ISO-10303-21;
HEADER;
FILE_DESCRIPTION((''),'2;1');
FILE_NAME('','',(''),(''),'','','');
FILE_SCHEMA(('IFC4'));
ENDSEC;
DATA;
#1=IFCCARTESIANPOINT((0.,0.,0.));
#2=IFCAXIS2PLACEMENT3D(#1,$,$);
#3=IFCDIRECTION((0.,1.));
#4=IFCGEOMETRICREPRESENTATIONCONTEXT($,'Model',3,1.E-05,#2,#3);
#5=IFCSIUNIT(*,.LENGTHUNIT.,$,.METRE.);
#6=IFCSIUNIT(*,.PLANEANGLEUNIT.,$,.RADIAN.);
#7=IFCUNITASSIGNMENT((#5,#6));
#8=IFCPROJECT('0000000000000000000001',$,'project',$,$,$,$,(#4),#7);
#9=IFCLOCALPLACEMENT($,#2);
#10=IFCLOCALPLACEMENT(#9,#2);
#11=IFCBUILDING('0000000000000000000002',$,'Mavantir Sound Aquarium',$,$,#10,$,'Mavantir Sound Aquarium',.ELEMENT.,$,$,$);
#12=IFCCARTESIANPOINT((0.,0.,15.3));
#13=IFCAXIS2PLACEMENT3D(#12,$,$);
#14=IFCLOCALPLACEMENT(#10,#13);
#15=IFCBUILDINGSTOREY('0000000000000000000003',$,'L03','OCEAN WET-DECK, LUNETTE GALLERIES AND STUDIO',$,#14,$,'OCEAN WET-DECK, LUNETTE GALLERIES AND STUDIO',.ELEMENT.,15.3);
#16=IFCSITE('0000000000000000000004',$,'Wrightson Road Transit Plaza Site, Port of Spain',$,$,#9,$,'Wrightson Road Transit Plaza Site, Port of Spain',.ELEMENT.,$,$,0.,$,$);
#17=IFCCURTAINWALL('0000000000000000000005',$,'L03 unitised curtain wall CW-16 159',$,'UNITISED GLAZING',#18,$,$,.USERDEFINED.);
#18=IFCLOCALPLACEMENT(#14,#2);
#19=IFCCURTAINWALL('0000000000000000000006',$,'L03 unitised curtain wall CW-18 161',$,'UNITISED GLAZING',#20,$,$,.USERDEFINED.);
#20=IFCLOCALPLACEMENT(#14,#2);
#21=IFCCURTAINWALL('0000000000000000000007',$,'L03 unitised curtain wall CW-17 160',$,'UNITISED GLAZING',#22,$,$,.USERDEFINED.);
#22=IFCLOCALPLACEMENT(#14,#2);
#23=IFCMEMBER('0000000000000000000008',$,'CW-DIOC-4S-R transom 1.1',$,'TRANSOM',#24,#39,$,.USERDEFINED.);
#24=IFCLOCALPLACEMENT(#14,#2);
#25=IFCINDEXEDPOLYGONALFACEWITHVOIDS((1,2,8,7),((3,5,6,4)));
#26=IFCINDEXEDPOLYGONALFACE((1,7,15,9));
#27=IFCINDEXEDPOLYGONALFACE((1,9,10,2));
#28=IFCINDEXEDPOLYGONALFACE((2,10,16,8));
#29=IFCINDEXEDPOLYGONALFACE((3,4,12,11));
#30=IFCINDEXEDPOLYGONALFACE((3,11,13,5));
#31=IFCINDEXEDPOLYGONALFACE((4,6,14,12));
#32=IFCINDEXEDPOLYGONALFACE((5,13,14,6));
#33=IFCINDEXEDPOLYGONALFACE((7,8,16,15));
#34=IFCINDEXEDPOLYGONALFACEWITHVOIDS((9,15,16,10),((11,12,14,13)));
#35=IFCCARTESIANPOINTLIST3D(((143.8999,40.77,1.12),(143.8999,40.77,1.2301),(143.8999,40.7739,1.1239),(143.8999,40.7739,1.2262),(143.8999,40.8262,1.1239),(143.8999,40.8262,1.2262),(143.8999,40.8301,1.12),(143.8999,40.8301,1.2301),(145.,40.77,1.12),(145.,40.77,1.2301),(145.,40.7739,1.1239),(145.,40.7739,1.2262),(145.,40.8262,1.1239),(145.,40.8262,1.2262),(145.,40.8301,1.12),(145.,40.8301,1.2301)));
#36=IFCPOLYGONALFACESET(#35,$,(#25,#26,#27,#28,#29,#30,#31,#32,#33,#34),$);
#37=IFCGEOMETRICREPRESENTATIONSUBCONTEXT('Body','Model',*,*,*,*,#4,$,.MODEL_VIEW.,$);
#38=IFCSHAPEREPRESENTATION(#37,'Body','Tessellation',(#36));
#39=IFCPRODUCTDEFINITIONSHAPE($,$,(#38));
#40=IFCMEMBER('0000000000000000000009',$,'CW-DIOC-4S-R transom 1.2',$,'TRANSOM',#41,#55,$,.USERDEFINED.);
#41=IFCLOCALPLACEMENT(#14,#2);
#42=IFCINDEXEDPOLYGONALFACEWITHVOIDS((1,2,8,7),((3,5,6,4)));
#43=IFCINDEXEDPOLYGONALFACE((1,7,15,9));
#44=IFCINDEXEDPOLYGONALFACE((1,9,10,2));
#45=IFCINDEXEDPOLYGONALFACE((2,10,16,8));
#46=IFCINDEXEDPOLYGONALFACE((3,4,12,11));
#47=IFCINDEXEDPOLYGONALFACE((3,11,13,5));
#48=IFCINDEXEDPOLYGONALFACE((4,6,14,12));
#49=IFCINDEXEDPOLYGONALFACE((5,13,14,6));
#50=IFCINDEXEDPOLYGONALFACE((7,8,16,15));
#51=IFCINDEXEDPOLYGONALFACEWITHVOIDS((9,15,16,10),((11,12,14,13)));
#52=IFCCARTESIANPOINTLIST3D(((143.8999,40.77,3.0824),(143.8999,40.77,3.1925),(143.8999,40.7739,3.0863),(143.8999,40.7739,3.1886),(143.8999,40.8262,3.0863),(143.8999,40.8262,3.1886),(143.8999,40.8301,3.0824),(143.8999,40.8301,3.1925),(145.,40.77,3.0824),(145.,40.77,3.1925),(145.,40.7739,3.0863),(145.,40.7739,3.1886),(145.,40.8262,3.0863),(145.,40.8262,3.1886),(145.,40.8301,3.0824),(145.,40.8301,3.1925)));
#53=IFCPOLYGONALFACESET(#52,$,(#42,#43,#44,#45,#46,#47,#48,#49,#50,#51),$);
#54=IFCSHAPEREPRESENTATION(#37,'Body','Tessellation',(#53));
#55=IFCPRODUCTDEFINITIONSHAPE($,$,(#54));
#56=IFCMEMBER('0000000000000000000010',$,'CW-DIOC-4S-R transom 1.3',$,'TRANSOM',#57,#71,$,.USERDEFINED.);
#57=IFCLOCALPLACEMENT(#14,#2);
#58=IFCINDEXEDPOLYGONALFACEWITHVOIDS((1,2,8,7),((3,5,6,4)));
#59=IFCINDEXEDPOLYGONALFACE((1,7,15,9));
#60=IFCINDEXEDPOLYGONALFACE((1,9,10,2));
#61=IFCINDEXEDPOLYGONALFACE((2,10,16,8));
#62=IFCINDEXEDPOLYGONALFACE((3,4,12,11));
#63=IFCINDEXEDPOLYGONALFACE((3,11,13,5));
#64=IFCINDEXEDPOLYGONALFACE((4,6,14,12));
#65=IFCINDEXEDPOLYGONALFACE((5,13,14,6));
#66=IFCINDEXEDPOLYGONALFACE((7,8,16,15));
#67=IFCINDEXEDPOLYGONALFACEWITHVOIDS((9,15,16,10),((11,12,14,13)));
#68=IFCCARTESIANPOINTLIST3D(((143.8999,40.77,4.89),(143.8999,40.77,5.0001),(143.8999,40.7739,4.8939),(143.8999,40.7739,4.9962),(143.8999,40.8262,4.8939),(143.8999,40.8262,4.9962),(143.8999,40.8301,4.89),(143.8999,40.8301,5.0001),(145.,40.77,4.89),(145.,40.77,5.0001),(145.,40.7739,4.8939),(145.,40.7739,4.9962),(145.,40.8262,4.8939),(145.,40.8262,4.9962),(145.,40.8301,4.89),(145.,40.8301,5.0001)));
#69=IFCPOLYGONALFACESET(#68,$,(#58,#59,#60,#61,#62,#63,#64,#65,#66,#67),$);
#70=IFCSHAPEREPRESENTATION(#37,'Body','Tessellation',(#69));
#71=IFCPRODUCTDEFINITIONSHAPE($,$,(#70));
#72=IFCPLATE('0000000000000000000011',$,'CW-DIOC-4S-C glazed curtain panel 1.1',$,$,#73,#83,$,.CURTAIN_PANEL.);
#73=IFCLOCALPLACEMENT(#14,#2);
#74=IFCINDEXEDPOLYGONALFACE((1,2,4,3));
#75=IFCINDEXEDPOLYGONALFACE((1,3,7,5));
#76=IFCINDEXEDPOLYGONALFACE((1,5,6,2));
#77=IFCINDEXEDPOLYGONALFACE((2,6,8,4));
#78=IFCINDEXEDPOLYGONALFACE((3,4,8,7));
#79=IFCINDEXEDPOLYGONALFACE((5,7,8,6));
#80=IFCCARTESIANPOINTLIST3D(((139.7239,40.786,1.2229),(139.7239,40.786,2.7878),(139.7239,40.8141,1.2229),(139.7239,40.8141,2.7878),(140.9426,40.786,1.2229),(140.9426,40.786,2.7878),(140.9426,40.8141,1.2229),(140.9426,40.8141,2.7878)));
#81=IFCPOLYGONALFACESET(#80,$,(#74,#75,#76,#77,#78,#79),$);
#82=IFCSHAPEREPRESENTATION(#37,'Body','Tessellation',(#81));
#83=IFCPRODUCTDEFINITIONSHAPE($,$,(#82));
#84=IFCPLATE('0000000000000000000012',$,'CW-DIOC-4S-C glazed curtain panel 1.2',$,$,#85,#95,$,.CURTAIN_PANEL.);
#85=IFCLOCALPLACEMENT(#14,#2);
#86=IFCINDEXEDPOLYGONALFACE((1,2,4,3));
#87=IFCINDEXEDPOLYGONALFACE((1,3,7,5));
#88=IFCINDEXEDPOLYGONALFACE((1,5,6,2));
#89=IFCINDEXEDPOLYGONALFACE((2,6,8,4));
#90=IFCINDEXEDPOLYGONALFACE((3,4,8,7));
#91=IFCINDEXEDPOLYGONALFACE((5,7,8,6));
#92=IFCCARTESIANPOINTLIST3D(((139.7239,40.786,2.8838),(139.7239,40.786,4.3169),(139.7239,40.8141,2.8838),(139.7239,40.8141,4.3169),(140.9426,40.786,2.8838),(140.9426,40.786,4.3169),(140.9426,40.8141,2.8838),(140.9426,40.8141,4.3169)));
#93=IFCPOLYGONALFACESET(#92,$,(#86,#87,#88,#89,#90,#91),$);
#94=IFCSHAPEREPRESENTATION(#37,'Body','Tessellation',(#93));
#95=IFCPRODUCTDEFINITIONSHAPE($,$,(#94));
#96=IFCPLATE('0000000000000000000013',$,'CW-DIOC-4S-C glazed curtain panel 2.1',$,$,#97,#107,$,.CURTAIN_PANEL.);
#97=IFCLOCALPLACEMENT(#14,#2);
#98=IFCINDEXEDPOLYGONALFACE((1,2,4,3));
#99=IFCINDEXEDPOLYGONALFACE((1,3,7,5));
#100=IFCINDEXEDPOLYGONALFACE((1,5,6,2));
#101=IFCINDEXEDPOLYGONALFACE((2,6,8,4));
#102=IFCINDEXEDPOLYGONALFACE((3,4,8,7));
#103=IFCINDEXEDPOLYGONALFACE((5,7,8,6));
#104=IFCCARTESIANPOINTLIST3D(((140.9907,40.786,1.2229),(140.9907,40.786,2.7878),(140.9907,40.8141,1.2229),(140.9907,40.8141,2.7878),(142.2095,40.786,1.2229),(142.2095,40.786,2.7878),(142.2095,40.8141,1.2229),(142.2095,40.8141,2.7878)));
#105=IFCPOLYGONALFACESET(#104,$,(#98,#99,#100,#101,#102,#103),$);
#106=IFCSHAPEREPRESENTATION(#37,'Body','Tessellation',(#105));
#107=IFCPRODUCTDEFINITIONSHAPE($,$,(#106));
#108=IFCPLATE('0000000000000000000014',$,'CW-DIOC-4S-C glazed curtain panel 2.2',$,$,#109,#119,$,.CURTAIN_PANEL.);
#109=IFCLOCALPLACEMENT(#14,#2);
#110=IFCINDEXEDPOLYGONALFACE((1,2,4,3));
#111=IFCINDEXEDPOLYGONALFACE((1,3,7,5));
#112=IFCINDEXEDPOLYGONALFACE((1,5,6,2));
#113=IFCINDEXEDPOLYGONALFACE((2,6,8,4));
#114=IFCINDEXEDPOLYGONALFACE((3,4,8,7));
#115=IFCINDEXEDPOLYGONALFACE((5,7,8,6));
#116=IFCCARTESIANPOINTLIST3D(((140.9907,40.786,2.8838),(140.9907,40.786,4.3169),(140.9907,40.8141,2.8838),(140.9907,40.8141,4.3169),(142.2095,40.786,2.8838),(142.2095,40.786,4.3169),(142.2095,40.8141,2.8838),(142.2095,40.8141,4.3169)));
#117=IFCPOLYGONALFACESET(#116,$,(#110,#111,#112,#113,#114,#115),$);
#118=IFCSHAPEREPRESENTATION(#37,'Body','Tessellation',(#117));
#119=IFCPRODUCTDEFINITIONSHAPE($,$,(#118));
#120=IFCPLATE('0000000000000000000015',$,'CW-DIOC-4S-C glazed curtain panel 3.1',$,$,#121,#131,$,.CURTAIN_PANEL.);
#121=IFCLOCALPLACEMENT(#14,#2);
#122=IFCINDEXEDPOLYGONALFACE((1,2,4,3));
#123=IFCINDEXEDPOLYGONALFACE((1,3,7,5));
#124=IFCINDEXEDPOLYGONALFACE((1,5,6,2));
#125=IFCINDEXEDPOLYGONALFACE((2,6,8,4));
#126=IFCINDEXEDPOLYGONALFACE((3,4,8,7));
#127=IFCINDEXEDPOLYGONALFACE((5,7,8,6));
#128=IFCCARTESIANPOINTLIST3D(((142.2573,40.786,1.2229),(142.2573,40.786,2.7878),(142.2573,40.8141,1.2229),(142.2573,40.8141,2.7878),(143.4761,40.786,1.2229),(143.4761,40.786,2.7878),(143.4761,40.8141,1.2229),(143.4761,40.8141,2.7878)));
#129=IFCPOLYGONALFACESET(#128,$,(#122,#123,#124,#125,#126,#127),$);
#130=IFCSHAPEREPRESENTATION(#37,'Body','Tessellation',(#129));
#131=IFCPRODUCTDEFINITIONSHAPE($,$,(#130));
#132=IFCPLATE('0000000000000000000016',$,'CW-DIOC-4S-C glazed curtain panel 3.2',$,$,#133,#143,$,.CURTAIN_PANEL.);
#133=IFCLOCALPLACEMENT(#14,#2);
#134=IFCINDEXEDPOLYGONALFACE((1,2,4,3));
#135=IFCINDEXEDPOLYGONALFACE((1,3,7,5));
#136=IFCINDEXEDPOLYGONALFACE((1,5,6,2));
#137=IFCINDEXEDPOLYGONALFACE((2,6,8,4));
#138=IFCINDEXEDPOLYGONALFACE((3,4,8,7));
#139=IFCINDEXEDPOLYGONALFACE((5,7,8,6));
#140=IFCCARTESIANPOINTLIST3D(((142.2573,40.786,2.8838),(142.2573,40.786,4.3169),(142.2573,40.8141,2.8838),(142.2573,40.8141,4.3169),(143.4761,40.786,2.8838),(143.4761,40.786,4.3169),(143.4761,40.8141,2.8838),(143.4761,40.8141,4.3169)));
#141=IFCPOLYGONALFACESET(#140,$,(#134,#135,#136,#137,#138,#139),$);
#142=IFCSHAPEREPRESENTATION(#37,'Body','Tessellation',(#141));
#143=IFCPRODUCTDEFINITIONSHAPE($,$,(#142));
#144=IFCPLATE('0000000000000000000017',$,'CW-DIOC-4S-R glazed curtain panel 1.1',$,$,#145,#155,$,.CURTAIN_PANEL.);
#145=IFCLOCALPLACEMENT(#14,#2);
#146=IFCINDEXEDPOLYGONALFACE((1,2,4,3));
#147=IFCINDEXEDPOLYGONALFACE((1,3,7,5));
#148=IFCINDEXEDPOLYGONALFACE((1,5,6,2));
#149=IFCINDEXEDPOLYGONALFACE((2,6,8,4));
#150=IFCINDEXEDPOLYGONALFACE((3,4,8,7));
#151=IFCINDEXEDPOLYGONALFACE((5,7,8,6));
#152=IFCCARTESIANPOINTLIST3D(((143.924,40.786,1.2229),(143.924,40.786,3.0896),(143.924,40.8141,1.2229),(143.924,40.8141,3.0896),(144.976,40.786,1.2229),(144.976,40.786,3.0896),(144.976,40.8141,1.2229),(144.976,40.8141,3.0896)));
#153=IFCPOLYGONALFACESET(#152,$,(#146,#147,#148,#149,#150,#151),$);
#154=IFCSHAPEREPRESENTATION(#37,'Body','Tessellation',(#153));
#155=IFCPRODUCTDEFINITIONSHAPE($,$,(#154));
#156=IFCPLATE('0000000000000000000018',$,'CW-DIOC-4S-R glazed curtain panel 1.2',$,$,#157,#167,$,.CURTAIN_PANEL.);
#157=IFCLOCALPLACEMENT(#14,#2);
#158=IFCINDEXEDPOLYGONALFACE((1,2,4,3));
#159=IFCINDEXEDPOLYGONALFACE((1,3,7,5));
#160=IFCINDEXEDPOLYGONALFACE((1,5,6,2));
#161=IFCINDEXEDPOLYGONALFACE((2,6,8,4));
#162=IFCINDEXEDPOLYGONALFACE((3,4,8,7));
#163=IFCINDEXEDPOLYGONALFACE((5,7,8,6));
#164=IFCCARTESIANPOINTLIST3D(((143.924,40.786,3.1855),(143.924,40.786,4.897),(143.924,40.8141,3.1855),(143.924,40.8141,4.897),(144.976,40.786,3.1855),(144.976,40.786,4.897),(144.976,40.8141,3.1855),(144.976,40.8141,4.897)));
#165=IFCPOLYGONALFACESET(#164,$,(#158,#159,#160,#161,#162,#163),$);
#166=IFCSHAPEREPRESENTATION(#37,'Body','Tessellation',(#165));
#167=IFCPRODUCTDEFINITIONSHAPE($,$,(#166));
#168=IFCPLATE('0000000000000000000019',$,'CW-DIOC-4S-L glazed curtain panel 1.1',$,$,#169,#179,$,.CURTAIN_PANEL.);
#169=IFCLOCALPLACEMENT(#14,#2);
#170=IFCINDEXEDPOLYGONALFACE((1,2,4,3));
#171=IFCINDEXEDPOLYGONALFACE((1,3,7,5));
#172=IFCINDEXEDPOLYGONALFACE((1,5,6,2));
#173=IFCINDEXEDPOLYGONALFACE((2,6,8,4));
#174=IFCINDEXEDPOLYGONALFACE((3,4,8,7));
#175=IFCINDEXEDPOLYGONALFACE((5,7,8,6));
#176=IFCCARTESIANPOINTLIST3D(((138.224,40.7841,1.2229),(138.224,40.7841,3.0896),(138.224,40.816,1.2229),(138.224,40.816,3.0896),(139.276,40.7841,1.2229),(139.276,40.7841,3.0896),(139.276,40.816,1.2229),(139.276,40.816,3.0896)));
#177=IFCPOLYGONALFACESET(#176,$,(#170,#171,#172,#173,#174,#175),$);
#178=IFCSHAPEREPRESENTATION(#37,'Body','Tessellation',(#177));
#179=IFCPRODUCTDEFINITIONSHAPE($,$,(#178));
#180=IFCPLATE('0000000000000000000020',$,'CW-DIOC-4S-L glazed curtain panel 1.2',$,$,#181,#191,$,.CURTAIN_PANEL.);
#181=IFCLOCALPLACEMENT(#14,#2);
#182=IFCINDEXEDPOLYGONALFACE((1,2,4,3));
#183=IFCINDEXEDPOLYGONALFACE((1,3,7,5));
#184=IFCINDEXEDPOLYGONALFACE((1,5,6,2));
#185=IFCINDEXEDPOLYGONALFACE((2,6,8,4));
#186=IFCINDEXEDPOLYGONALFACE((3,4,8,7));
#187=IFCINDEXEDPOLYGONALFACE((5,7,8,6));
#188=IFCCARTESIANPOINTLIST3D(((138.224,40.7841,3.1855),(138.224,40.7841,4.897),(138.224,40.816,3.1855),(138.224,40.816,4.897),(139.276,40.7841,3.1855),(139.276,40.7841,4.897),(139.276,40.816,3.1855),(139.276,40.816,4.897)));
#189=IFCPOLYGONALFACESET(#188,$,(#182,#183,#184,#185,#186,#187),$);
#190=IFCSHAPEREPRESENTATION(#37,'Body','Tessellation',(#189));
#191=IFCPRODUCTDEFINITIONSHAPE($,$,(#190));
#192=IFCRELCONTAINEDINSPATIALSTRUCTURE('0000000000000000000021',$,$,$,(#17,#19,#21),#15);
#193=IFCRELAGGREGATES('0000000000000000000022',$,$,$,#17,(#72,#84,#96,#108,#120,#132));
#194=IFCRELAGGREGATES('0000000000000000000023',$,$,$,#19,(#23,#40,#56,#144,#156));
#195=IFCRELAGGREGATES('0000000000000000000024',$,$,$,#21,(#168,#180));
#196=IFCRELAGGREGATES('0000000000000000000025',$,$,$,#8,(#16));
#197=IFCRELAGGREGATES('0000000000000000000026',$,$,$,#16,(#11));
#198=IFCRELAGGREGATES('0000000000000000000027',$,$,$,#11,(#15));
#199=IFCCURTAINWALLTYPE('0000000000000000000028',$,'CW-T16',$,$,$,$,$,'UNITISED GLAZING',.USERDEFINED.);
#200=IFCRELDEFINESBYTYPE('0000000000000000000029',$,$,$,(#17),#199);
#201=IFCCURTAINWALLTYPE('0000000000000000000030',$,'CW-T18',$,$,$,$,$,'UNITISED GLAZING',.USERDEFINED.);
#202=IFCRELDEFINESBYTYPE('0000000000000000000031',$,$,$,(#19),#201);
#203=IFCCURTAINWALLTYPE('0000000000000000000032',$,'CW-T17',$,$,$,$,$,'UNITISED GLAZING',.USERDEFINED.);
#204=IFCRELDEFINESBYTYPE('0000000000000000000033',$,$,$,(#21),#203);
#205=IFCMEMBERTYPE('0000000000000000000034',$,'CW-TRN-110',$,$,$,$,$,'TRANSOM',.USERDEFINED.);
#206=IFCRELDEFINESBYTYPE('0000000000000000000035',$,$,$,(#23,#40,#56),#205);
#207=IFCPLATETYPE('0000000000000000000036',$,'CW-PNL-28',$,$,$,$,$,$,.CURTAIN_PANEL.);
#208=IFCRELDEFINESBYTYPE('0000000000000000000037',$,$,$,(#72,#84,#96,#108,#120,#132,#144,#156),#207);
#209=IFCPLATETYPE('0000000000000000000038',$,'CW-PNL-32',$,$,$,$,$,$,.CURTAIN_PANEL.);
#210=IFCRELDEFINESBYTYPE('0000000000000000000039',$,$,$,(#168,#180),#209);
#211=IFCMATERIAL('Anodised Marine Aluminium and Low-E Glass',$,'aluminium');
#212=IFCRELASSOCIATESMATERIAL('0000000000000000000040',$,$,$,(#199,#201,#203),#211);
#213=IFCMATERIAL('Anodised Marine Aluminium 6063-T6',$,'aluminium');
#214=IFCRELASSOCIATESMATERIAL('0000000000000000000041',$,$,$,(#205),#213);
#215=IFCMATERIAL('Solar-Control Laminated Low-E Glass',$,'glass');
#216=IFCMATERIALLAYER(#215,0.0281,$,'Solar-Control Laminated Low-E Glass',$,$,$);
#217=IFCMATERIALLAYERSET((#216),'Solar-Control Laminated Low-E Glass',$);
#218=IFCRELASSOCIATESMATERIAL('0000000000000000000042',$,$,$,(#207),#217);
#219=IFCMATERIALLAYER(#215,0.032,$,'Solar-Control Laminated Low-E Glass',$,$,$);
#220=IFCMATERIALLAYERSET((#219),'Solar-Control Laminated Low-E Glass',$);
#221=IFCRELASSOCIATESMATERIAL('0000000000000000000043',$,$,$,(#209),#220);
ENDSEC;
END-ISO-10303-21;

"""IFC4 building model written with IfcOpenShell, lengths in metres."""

from ifc_helpers import new_model, si_unit, direction, frame, origin, origin_2d, place, context, subcontext, project, spatial, rectangle, hollow_rectangle, extrude, material, layer, layer_set, material_profile, profile_set, type_object, element, aggregate, save


model = new_model("IFC4")

# Units and contexts
model_context = context("Model", 3, precision=1e-05, world=origin(), true_north=direction((0.0, 1.0)))
body_context = subcontext(model_context, "Body", "Model", "MODEL_VIEW")
ifc_project = project(units=[si_unit("LENGTHUNIT", "METRE"), si_unit("PLANEANGLEUNIT", "RADIAN")], contexts=[model_context])

# Site, building, storey
site_placement = place(None, origin())
site = spatial("IfcSite", under=ifc_project, at=site_placement, Name="Wrightson Road Transit Plaza Site, Port of Spain", LongName="Wrightson Road Transit Plaza Site, Port of Spain", CompositionType="ELEMENT", RefElevation=0.0)
building_placement = place(site_placement, origin())
building = spatial("IfcBuilding", under=site, at=building_placement, Name="Mavantir Sound Aquarium", LongName="Mavantir Sound Aquarium", CompositionType="ELEMENT")
storey_placement = place(building_placement, frame((0.0, 0.0, 15.3)))
storey = spatial("IfcBuildingStorey", under=building, at=storey_placement, Name="L03", Description="OCEAN WET-DECK, LUNETTE GALLERIES AND STUDIO", LongName="OCEAN WET-DECK, LUNETTE GALLERIES AND STUDIO", CompositionType="ELEMENT", Elevation=15.3)

# Curtain walls
ifc_material_1 = material(Name="Anodised Marine Aluminium and Low-E Glass", Category="aluminium")
curtain_wall_type_1 = type_object("IfcCurtainWallType", Name="CW-T16", ElementType="UNITISED GLAZING", PredefinedType="USERDEFINED", material=ifc_material_1)
curtain_wall_1_placement = place(storey_placement, origin())
curtain_wall_1 = element("IfcCurtainWall", 1, at=curtain_wall_1_placement, inside=storey, type_object=curtain_wall_type_1, Name="L03 unitised curtain wall CW-16 159", ObjectType="UNITISED GLAZING", PredefinedType="USERDEFINED")
ifc_material_2 = material(Name="Anodised Marine Aluminium 6063-T6", Category="aluminium")
curtain_wall_type_2 = type_object("IfcCurtainWallType", Name="CW-T18", ElementType="UNITISED GLAZING", PredefinedType="USERDEFINED", material=ifc_material_1)
curtain_wall_2_placement = place(storey_placement, origin())
curtain_wall_2 = element("IfcCurtainWall", 2, at=curtain_wall_2_placement, inside=storey, type_object=curtain_wall_type_2, Name="L03 unitised curtain wall CW-18 161", ObjectType="UNITISED GLAZING", PredefinedType="USERDEFINED")
curtain_wall_type_3 = type_object("IfcCurtainWallType", Name="CW-T17", ElementType="UNITISED GLAZING", PredefinedType="USERDEFINED", material=ifc_material_1)
curtain_wall_3_placement = place(storey_placement, origin())
curtain_wall_3 = element("IfcCurtainWall", 3, at=curtain_wall_3_placement, inside=storey, type_object=curtain_wall_type_3, Name="L03 unitised curtain wall CW-17 160", ObjectType="UNITISED GLAZING", PredefinedType="USERDEFINED")

# Members
ifc_material_profile_1 = material_profile(ifc_material_2, hollow_rectangle(XDim=0.0601, YDim=0.1101, WallThickness=0.0039, at=origin_2d()), Name="ALU-TRANSOM-110X60")
ifc_profile_set_1 = profile_set([ifc_material_profile_1], Name="Anodised Marine Aluminium 6063-T6")
member_type_1 = type_object("IfcMemberType", Name="CW-TRN-110", ElementType="TRANSOM", PredefinedType="USERDEFINED", material=ifc_profile_set_1)
member_1_placement = place(storey_placement, frame((143.8999, 40.8, 1.175), z_axis=(1.0, 0.0, 0.0), x_axis=(0.0, 1.0, 0.0)))
member_1 = element("IfcMember", 4, at=member_1_placement, type_object=member_type_1, Name="CW-DIOC-4S-R transom 1.1", ObjectType="TRANSOM", PredefinedType="USERDEFINED", context=body_context, shape_type="SweptSolid", body=[
    extrude(hollow_rectangle(XDim=0.0601, YDim=0.1101, WallThickness=0.0039, at=origin_2d()), origin(), (0.0, 0.0, 1.0), 1.1001),
])
member_2_placement = place(storey_placement, frame((143.8999, 40.8, 3.1375), z_axis=(1.0, 0.0, 0.0), x_axis=(0.0, 1.0, 0.0)))
member_2 = element("IfcMember", 5, at=member_2_placement, type_object=member_type_1, Name="CW-DIOC-4S-R transom 1.2", ObjectType="TRANSOM", PredefinedType="USERDEFINED", context=body_context, shape_type="SweptSolid", body=[
    extrude(hollow_rectangle(XDim=0.0601, YDim=0.1101, WallThickness=0.0039, at=origin_2d()), origin(), (0.0, 0.0, 1.0), 1.1001),
])
member_3_placement = place(storey_placement, frame((143.8999, 40.8, 4.9451), z_axis=(1.0, 0.0, 0.0), x_axis=(0.0, 1.0, 0.0)))
member_3 = element("IfcMember", 6, at=member_3_placement, type_object=member_type_1, Name="CW-DIOC-4S-R transom 1.3", ObjectType="TRANSOM", PredefinedType="USERDEFINED", context=body_context, shape_type="SweptSolid", body=[
    extrude(hollow_rectangle(XDim=0.0601, YDim=0.1101, WallThickness=0.0039, at=origin_2d()), origin(), (0.0, 0.0, 1.0), 1.1001),
])

# Plates
ifc_material_3 = material(Name="Solar-Control Laminated Low-E Glass", Category="glass")
ifc_layer_1 = layer(ifc_material_3, 0.0281, Name="Solar-Control Laminated Low-E Glass")
ifc_layer_set_1 = layer_set([ifc_layer_1], Name="Solar-Control Laminated Low-E Glass")
plate_type_1 = type_object("IfcPlateType", Name="CW-PNL-28", PredefinedType="CURTAIN_PANEL", material=ifc_layer_set_1)
plate_1_placement = place(storey_placement, frame((140.3333, 40.8, 1.2229), z_axis=(0.0, 0.0, 1.0), x_axis=(1.0, 0.0, 0.0)))
plate_1 = element("IfcPlate", 7, at=plate_1_placement, type_object=plate_type_1, Name="CW-DIOC-4S-C glazed curtain panel 1.1", PredefinedType="CURTAIN_PANEL", context=body_context, shape_type="SweptSolid", body=[
    extrude(rectangle(XDim=1.2188, YDim=0.0281, at=origin_2d()), origin(), (0.0, 0.0, 1.0), 1.5649),
])
plate_2_placement = place(storey_placement, frame((140.3333, 40.8, 2.8838), z_axis=(0.0, 0.0, 1.0), x_axis=(1.0, 0.0, 0.0)))
plate_2 = element("IfcPlate", 8, at=plate_2_placement, type_object=plate_type_1, Name="CW-DIOC-4S-C glazed curtain panel 1.2", PredefinedType="CURTAIN_PANEL", context=body_context, shape_type="SweptSolid", body=[
    extrude(rectangle(XDim=1.2188, YDim=0.0281, at=origin_2d()), origin(), (0.0, 0.0, 1.0), 1.4331),
])
plate_3_placement = place(storey_placement, frame((141.6001, 40.8, 1.2229), z_axis=(0.0, 0.0, 1.0), x_axis=(1.0, 0.0, 0.0)))
plate_3 = element("IfcPlate", 9, at=plate_3_placement, type_object=plate_type_1, Name="CW-DIOC-4S-C glazed curtain panel 2.1", PredefinedType="CURTAIN_PANEL", context=body_context, shape_type="SweptSolid", body=[
    extrude(rectangle(XDim=1.2188, YDim=0.0281, at=origin_2d()), origin(), (0.0, 0.0, 1.0), 1.5649),
])
plate_4_placement = place(storey_placement, frame((141.6001, 40.8, 2.8838), z_axis=(0.0, 0.0, 1.0), x_axis=(1.0, 0.0, 0.0)))
plate_4 = element("IfcPlate", 10, at=plate_4_placement, type_object=plate_type_1, Name="CW-DIOC-4S-C glazed curtain panel 2.2", PredefinedType="CURTAIN_PANEL", context=body_context, shape_type="SweptSolid", body=[
    extrude(rectangle(XDim=1.2188, YDim=0.0281, at=origin_2d()), origin(), (0.0, 0.0, 1.0), 1.4331),
])
plate_5_placement = place(storey_placement, frame((142.8667, 40.8, 1.2229), z_axis=(0.0, 0.0, 1.0), x_axis=(1.0, 0.0, 0.0)))
plate_5 = element("IfcPlate", 11, at=plate_5_placement, type_object=plate_type_1, Name="CW-DIOC-4S-C glazed curtain panel 3.1", PredefinedType="CURTAIN_PANEL", context=body_context, shape_type="SweptSolid", body=[
    extrude(rectangle(XDim=1.2188, YDim=0.0281, at=origin_2d()), origin(), (0.0, 0.0, 1.0), 1.5649),
])
plate_6_placement = place(storey_placement, frame((142.8667, 40.8, 2.8838), z_axis=(0.0, 0.0, 1.0), x_axis=(1.0, 0.0, 0.0)))
plate_6 = element("IfcPlate", 12, at=plate_6_placement, type_object=plate_type_1, Name="CW-DIOC-4S-C glazed curtain panel 3.2", PredefinedType="CURTAIN_PANEL", context=body_context, shape_type="SweptSolid", body=[
    extrude(rectangle(XDim=1.2188, YDim=0.0281, at=origin_2d()), origin(), (0.0, 0.0, 1.0), 1.4331),
])
aggregate(curtain_wall_1, [plate_1, plate_2, plate_3, plate_4, plate_5, plate_6])
plate_7_placement = place(storey_placement, frame((144.45, 40.8, 1.2229), z_axis=(0.0, 0.0, 1.0), x_axis=(1.0, 0.0, 0.0)))
plate_7 = element("IfcPlate", 13, at=plate_7_placement, type_object=plate_type_1, Name="CW-DIOC-4S-R glazed curtain panel 1.1", PredefinedType="CURTAIN_PANEL", context=body_context, shape_type="SweptSolid", body=[
    extrude(rectangle(XDim=1.052, YDim=0.0281, at=origin_2d()), origin(), (0.0, 0.0, 1.0), 1.8667),
])
plate_8_placement = place(storey_placement, frame((144.45, 40.8, 3.1855), z_axis=(0.0, 0.0, 1.0), x_axis=(1.0, 0.0, 0.0)))
plate_8 = element("IfcPlate", 14, at=plate_8_placement, type_object=plate_type_1, Name="CW-DIOC-4S-R glazed curtain panel 1.2", PredefinedType="CURTAIN_PANEL", context=body_context, shape_type="SweptSolid", body=[
    extrude(rectangle(XDim=1.052, YDim=0.0281, at=origin_2d()), origin(), (0.0, 0.0, 1.0), 1.7114),
])
aggregate(curtain_wall_2, [member_1, member_2, member_3, plate_7, plate_8])
ifc_layer_2 = layer(ifc_material_3, 0.032, Name="Solar-Control Laminated Low-E Glass")
ifc_layer_set_2 = layer_set([ifc_layer_2], Name="Solar-Control Laminated Low-E Glass")
plate_type_2 = type_object("IfcPlateType", Name="CW-PNL-32", PredefinedType="CURTAIN_PANEL", material=ifc_layer_set_2)
plate_9_placement = place(storey_placement, frame((138.75, 40.8, 1.2229), z_axis=(0.0, 0.0, 1.0), x_axis=(1.0, 0.0, 0.0)))
plate_9 = element("IfcPlate", 15, at=plate_9_placement, type_object=plate_type_2, Name="CW-DIOC-4S-L glazed curtain panel 1.1", PredefinedType="CURTAIN_PANEL", context=body_context, shape_type="SweptSolid", body=[
    extrude(rectangle(XDim=1.052, YDim=0.032, at=origin_2d()), origin(), (0.0, 0.0, 1.0), 1.8667),
])
plate_10_placement = place(storey_placement, frame((138.75, 40.8, 3.1855), z_axis=(0.0, 0.0, 1.0), x_axis=(1.0, 0.0, 0.0)))
plate_10 = element("IfcPlate", 16, at=plate_10_placement, type_object=plate_type_2, Name="CW-DIOC-4S-L glazed curtain panel 1.2", PredefinedType="CURTAIN_PANEL", context=body_context, shape_type="SweptSolid", body=[
    extrude(rectangle(XDim=1.052, YDim=0.032, at=origin_2d()), origin(), (0.0, 0.0, 1.0), 1.7114),
])
aggregate(curtain_wall_3, [plate_9, plate_10])

save(model, "model.ifc")
